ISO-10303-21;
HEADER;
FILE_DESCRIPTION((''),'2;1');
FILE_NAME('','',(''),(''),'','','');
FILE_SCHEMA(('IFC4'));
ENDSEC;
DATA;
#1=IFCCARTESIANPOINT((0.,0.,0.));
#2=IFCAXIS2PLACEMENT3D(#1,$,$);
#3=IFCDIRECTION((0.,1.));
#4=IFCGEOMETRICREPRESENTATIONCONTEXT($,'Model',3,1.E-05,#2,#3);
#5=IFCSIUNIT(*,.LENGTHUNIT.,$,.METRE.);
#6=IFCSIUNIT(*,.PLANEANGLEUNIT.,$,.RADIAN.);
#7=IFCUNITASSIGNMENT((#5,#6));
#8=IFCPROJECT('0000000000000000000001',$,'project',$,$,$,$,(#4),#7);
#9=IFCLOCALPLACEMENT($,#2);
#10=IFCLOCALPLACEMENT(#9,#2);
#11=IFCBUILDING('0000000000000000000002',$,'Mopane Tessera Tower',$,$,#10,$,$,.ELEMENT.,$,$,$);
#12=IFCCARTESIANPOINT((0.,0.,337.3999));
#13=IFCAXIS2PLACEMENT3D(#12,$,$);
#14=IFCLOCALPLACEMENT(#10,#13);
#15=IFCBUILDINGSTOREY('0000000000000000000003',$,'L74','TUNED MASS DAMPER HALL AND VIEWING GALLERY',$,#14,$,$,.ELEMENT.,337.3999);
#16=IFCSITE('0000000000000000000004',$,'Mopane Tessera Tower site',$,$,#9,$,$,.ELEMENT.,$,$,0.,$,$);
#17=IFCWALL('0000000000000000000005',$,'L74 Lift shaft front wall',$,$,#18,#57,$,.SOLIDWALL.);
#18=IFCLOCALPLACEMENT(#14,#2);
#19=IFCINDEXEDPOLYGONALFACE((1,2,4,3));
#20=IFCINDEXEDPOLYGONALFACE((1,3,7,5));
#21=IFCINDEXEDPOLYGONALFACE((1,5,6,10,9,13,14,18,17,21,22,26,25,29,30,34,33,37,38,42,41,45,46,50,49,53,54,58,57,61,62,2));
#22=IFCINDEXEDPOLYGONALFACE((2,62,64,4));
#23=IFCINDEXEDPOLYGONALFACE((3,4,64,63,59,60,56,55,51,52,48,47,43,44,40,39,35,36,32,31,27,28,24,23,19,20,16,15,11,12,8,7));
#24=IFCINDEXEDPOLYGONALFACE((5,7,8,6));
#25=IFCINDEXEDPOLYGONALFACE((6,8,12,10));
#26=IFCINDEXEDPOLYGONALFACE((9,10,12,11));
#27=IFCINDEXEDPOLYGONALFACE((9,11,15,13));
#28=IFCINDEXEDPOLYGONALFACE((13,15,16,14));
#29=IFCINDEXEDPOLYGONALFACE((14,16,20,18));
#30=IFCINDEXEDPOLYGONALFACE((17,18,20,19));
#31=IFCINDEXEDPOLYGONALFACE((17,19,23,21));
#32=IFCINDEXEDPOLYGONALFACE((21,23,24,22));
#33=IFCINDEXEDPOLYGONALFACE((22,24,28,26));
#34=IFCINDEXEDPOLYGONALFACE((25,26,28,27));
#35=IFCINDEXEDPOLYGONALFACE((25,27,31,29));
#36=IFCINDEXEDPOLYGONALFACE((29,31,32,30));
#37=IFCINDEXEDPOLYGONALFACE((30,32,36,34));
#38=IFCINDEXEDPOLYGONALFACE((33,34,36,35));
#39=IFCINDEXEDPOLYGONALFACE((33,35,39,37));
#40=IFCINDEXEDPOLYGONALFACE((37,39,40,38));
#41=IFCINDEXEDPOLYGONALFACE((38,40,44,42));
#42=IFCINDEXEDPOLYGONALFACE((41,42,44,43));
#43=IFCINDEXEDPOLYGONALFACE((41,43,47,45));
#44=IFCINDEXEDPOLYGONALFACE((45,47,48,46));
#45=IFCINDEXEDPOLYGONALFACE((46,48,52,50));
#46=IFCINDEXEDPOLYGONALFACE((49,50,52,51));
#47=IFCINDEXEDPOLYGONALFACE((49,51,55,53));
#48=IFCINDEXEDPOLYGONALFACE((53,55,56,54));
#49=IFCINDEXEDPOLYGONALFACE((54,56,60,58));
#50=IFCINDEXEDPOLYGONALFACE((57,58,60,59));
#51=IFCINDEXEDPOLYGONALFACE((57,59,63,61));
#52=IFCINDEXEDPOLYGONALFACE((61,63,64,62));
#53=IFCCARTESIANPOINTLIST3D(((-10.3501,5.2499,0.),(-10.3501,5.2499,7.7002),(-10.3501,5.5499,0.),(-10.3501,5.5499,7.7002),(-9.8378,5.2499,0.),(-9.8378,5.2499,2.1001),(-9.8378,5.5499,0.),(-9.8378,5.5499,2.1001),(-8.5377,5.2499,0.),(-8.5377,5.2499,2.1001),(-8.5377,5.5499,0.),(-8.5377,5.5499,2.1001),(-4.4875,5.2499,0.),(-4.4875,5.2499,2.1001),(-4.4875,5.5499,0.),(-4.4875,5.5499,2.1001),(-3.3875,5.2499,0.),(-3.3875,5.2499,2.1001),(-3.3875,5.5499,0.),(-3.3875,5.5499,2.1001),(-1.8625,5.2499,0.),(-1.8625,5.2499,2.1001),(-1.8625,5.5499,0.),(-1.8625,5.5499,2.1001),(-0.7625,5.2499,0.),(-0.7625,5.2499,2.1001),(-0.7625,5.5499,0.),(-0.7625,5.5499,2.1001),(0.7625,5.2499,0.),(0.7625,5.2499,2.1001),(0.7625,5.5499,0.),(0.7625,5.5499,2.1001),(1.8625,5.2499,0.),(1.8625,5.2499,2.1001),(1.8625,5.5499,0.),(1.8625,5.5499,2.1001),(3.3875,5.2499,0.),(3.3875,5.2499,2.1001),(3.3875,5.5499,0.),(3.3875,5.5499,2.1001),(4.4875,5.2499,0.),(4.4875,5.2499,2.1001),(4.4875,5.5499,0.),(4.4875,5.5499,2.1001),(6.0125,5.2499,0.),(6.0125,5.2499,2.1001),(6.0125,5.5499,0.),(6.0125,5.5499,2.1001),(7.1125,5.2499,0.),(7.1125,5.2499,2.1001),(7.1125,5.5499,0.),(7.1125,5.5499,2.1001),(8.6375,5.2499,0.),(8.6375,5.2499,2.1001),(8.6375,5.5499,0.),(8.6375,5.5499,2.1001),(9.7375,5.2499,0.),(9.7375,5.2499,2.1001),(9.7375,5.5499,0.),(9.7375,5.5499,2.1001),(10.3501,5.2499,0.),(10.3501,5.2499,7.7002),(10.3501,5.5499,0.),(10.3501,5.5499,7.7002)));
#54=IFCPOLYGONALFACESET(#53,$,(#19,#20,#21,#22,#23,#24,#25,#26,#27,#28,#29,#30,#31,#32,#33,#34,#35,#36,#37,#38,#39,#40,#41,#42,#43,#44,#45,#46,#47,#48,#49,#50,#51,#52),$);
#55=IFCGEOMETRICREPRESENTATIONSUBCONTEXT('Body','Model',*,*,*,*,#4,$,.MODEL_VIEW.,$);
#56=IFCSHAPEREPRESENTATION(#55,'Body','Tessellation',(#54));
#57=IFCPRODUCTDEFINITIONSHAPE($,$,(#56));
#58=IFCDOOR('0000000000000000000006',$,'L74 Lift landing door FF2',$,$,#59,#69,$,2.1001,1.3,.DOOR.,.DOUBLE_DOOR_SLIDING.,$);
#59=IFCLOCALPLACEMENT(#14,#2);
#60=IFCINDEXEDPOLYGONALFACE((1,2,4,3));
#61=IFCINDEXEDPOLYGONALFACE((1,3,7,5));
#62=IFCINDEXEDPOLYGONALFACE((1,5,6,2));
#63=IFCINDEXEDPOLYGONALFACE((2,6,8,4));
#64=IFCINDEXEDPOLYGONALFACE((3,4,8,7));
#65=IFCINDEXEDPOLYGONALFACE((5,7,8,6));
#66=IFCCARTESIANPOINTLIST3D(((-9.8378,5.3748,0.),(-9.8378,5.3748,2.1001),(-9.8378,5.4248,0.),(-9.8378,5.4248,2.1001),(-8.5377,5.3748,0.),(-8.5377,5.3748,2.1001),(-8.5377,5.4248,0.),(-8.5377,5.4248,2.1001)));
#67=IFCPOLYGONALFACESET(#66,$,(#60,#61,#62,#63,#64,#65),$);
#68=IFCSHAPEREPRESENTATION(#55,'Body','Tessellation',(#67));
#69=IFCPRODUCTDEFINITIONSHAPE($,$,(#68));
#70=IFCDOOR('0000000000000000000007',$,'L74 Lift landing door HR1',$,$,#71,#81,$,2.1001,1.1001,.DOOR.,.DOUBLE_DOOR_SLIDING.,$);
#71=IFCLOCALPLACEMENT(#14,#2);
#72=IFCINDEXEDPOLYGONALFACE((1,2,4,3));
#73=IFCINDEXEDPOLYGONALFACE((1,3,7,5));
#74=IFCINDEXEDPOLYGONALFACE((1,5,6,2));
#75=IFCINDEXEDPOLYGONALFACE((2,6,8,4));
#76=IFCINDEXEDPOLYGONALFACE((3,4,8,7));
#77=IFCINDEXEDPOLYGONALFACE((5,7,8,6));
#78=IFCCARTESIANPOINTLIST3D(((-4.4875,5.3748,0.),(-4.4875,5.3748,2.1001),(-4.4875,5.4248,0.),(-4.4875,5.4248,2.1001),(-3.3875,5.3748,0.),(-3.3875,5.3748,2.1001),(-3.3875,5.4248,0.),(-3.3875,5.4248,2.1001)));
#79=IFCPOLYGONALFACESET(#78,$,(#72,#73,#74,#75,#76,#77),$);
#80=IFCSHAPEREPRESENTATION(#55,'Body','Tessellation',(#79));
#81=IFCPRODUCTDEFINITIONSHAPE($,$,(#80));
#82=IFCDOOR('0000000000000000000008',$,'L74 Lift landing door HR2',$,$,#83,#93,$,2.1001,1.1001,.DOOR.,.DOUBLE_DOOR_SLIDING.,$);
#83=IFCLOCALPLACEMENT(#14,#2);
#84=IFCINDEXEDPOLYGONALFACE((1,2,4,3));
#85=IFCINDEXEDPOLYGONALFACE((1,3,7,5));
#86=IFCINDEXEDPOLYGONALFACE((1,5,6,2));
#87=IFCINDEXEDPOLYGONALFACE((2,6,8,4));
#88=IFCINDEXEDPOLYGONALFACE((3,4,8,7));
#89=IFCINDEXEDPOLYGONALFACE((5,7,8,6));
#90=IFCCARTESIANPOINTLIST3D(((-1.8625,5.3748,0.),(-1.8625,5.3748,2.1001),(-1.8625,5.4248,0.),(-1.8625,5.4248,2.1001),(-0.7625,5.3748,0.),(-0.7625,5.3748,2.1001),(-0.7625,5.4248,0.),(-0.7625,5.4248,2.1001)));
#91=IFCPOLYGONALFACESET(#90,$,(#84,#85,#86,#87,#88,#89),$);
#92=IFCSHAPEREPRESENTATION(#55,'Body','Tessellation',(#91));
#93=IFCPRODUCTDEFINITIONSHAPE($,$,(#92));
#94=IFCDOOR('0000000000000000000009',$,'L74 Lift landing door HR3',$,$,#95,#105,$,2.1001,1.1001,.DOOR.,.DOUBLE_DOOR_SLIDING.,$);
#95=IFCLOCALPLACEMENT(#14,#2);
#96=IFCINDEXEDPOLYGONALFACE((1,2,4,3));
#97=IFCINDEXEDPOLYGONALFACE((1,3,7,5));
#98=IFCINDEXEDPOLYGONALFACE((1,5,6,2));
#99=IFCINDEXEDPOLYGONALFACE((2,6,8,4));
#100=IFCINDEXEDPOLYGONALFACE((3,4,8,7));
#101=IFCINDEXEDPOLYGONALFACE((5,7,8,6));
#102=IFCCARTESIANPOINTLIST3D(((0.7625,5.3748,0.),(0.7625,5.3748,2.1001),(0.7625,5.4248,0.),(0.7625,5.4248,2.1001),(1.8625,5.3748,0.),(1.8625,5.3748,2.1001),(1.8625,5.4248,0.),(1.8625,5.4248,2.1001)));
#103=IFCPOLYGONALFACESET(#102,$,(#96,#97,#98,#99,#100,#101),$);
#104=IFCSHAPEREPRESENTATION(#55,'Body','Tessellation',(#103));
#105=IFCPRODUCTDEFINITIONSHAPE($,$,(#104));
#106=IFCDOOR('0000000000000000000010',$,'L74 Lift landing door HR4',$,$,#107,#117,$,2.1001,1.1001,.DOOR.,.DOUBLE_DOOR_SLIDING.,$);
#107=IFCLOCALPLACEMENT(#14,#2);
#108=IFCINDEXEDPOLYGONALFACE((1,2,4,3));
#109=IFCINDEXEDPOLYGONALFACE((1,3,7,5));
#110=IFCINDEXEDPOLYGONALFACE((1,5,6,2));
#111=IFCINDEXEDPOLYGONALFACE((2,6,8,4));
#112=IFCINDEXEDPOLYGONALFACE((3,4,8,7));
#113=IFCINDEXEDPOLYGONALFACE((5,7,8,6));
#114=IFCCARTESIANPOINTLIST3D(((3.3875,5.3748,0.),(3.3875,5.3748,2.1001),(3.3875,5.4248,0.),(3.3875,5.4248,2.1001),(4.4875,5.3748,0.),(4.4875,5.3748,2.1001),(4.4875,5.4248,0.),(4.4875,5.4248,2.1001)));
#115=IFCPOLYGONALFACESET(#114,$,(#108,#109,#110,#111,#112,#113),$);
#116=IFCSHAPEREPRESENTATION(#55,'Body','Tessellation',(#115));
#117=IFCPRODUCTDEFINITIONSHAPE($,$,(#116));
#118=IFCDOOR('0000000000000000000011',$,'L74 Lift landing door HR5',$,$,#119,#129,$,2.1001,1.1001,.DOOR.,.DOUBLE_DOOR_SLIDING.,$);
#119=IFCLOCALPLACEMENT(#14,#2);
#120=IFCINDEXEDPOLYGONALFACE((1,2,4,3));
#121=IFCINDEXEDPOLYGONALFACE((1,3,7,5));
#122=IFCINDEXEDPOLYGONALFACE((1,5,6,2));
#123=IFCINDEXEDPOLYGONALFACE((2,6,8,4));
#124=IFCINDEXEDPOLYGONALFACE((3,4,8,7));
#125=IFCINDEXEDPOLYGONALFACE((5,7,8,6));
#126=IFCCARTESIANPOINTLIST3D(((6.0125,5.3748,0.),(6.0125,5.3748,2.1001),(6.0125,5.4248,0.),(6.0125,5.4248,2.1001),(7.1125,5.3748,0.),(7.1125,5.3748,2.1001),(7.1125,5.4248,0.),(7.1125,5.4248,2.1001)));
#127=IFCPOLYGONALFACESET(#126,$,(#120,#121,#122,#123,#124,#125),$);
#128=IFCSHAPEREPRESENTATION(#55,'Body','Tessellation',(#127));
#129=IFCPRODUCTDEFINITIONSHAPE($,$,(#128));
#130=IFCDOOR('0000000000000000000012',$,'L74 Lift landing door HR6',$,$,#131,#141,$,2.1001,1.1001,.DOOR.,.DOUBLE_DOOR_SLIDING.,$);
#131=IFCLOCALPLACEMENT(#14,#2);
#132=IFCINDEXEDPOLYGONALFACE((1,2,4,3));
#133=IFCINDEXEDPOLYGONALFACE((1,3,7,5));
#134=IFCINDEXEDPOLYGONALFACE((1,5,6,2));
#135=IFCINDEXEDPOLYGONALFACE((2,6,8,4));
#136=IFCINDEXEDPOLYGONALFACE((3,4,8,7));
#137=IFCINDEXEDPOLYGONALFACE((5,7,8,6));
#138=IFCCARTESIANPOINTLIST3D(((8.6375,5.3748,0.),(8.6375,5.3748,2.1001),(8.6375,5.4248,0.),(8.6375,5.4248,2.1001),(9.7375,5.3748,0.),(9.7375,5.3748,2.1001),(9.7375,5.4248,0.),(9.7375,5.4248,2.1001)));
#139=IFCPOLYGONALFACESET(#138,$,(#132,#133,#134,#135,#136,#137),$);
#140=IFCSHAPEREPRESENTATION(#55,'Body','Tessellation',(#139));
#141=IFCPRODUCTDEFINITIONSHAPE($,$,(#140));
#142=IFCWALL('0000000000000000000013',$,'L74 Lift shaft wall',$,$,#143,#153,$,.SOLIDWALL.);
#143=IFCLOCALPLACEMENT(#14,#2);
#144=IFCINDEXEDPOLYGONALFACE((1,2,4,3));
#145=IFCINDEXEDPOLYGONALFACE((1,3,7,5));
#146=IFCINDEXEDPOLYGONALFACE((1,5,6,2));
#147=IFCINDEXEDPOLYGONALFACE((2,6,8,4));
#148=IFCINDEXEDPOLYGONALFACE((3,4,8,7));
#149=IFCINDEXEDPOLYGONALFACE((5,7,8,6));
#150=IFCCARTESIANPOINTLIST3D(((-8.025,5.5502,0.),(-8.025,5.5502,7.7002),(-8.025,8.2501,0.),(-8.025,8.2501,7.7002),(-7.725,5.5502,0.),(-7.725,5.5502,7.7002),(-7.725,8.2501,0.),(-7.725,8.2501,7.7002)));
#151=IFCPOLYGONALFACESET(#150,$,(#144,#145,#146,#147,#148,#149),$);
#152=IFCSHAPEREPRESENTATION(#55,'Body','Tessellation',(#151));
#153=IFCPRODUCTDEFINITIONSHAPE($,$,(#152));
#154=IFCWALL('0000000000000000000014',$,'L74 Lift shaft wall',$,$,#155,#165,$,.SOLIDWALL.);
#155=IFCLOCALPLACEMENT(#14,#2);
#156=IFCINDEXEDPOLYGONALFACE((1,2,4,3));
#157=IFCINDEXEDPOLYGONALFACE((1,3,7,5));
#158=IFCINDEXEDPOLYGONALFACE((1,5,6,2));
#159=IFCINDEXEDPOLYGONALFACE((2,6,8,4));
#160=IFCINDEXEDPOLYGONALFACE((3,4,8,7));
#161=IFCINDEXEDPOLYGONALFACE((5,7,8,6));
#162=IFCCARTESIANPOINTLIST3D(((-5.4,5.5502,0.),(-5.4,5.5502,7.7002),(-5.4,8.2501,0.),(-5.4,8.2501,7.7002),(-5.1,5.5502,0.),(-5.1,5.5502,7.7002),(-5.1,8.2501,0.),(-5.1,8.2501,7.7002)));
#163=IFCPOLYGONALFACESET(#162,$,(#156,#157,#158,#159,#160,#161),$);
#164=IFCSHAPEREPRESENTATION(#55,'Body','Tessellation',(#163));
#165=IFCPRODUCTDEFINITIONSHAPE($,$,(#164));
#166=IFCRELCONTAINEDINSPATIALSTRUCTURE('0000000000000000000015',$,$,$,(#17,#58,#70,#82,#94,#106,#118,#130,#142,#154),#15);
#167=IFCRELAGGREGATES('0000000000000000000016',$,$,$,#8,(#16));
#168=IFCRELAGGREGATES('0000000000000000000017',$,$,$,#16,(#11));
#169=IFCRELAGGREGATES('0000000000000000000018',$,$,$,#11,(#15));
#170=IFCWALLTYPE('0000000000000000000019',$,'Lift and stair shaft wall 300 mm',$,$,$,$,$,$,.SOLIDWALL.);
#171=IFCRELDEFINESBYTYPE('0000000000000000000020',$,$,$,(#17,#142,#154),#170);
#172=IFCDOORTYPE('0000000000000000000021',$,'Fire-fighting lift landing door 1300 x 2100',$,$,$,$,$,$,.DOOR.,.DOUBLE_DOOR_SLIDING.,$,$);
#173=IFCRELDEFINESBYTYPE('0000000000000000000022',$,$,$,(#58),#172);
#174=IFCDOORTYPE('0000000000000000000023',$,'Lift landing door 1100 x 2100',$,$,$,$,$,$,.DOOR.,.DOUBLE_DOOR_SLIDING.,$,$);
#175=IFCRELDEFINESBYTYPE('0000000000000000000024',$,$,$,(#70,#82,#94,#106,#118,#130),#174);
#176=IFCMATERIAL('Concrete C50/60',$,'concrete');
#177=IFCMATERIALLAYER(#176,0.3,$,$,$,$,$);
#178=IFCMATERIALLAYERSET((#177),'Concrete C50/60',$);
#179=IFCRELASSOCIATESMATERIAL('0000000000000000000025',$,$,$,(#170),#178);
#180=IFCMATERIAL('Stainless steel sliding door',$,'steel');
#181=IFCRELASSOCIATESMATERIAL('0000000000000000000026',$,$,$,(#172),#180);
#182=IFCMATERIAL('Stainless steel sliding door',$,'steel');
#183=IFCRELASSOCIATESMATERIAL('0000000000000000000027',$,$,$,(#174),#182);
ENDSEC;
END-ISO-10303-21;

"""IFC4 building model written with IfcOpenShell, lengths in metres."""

from ifc_helpers import new_model, si_unit, direction, frame, frame_2d, origin, place, context, subcontext, project, spatial, rectangle, extrude, material, layer, layer_set, type_object, element, fill, save


model = new_model("IFC4")

# Units and contexts
model_context = context("Model", 3, precision=1e-05, world=origin(), true_north=direction((0.0, 1.0)))
body_context = subcontext(model_context, "Body", "Model", "MODEL_VIEW")
ifc_project = project(units=[si_unit("LENGTHUNIT", "METRE"), si_unit("PLANEANGLEUNIT", "RADIAN")], contexts=[model_context])

# Site, building, storey
site_placement = place(None, origin())
site = spatial("IfcSite", under=ifc_project, at=site_placement, Name="Mopane Tessera Tower site", CompositionType="ELEMENT", RefElevation=0.0)
building_placement = place(site_placement, origin())
building = spatial("IfcBuilding", under=site, at=building_placement, Name="Mopane Tessera Tower", CompositionType="ELEMENT")
storey_placement = place(building_placement, frame((0.0, 0.0, 337.3999)))
storey = spatial("IfcBuildingStorey", under=building, at=storey_placement, Name="L74", Description="TUNED MASS DAMPER HALL AND VIEWING GALLERY", CompositionType="ELEMENT", Elevation=337.3999)

# Wall, openings, doors
ifc_material_1 = material(Name="Concrete C50/60", Category="concrete")
ifc_layer_1 = layer(ifc_material_1, 0.3)
ifc_layer_set_1 = layer_set([ifc_layer_1], Name="Concrete C50/60")
wall_type_1 = type_object("IfcWallType", Name="Lift and stair shaft wall 300 mm", PredefinedType="SOLIDWALL", material=ifc_layer_set_1)
ifc_material_2 = material(Name="Stainless steel sliding door", Category="steel")
door_type_1 = type_object("IfcDoorType", Name="Fire-fighting lift landing door 1300 x 2100", OperationType="DOUBLE_DOOR_SLIDING", PredefinedType="DOOR", material=ifc_material_2)
wall_1_placement = place(storey_placement, frame((-10.3501, 5.3999, 0.0), z_axis=(0.0, 0.0, 1.0), x_axis=(1.0, 0.0, 0.0)))
wall_1 = element("IfcWall", 1, at=wall_1_placement, inside=storey, type_object=wall_type_1, Name="L74 Lift shaft front wall", PredefinedType="SOLIDWALL", context=body_context, shape_type="SweptSolid", body=[
    extrude(rectangle(XDim=20.7002, YDim=0.3, at=frame_2d((10.3501, 0.0))), origin(), (0.0, 0.0, 1.0), 7.7002),
])
opening_1_placement = place(wall_1_placement, frame((0.5125, 0.0, 0.0)))
opening_1 = element("IfcOpeningElement", 2, at=opening_1_placement, cuts=wall_1, PredefinedType="OPENING", context=body_context, shape_type="SweptSolid", body=[
    extrude(rectangle(XDim=1.3, YDim=2.1001, at=frame_2d((0.6499, 1.05))), frame((0.0, 0.1621, 0.0), z_axis=(0.0, -1.0, 0.0), x_axis=(1.0, 0.0, 0.0)), (0.0, 0.0, 1.0), 0.324),
])
opening_2_placement = place(wall_1_placement, frame((5.8625, 0.0, 0.0)))
opening_2 = element("IfcOpeningElement", 3, at=opening_2_placement, cuts=wall_1, PredefinedType="OPENING", context=body_context, shape_type="SweptSolid", body=[
    extrude(rectangle(XDim=1.1001, YDim=2.1001, at=frame_2d((0.55, 1.05))), frame((0.0, 0.1621, 0.0), z_axis=(0.0, -1.0, 0.0), x_axis=(1.0, 0.0, 0.0)), (0.0, 0.0, 1.0), 0.324),
])
opening_3_placement = place(wall_1_placement, frame((8.4875, 0.0, 0.0)))
opening_3 = element("IfcOpeningElement", 4, at=opening_3_placement, cuts=wall_1, PredefinedType="OPENING", context=body_context, shape_type="SweptSolid", body=[
    extrude(rectangle(XDim=1.1001, YDim=2.1001, at=frame_2d((0.55, 1.05))), frame((0.0, 0.1621, 0.0), z_axis=(0.0, -1.0, 0.0), x_axis=(1.0, 0.0, 0.0)), (0.0, 0.0, 1.0), 0.324),
])
opening_4_placement = place(wall_1_placement, frame((11.1125, 0.0, 0.0)))
opening_4 = element("IfcOpeningElement", 5, at=opening_4_placement, cuts=wall_1, PredefinedType="OPENING", context=body_context, shape_type="SweptSolid", body=[
    extrude(rectangle(XDim=1.1001, YDim=2.1001, at=frame_2d((0.55, 1.05))), frame((0.0, 0.1621, 0.0), z_axis=(0.0, -1.0, 0.0), x_axis=(1.0, 0.0, 0.0)), (0.0, 0.0, 1.0), 0.324),
])
opening_5_placement = place(wall_1_placement, frame((13.7375, 0.0, 0.0)))
opening_5 = element("IfcOpeningElement", 6, at=opening_5_placement, cuts=wall_1, PredefinedType="OPENING", context=body_context, shape_type="SweptSolid", body=[
    extrude(rectangle(XDim=1.1001, YDim=2.1001, at=frame_2d((0.55, 1.05))), frame((0.0, 0.1621, 0.0), z_axis=(0.0, -1.0, 0.0), x_axis=(1.0, 0.0, 0.0)), (0.0, 0.0, 1.0), 0.324),
])
opening_6_placement = place(wall_1_placement, frame((16.3625, 0.0, 0.0)))
opening_6 = element("IfcOpeningElement", 7, at=opening_6_placement, cuts=wall_1, PredefinedType="OPENING", context=body_context, shape_type="SweptSolid", body=[
    extrude(rectangle(XDim=1.1001, YDim=2.1001, at=frame_2d((0.55, 1.05))), frame((0.0, 0.1621, 0.0), z_axis=(0.0, -1.0, 0.0), x_axis=(1.0, 0.0, 0.0)), (0.0, 0.0, 1.0), 0.324),
])
opening_7_placement = place(wall_1_placement, frame((18.9875, 0.0, 0.0)))
opening_7 = element("IfcOpeningElement", 8, at=opening_7_placement, cuts=wall_1, PredefinedType="OPENING", context=body_context, shape_type="SweptSolid", body=[
    extrude(rectangle(XDim=1.1001, YDim=2.1001, at=frame_2d((0.55, 1.05))), frame((0.0, 0.1621, 0.0), z_axis=(0.0, -1.0, 0.0), x_axis=(1.0, 0.0, 0.0)), (0.0, 0.0, 1.0), 0.324),
])
door_1_placement = place(opening_1_placement, origin())
door_1 = element("IfcDoor", 9, at=door_1_placement, inside=storey, type_object=door_type_1, Name="L74 Lift landing door FF2", OperationType="DOUBLE_DOOR_SLIDING", OverallHeight=2.1001, OverallWidth=1.3, PredefinedType="DOOR", context=body_context, shape_type="SweptSolid", body=[
    extrude(rectangle(XDim=1.3, YDim=2.1001, at=frame_2d((0.6499, 1.05))), frame((0.0, 0.0249, 0.0), z_axis=(0.0, -1.0, 0.0), x_axis=(1.0, 0.0, 0.0)), (0.0, 0.0, 1.0), 0.05),
])
fill(opening_1, door_1)
ifc_material_3 = material(Name="Stainless steel sliding door", Category="steel")
door_type_2 = type_object("IfcDoorType", Name="Lift landing door 1100 x 2100", OperationType="DOUBLE_DOOR_SLIDING", PredefinedType="DOOR", material=ifc_material_3)
door_2_placement = place(opening_2_placement, origin())
door_2 = element("IfcDoor", 10, at=door_2_placement, inside=storey, type_object=door_type_2, Name="L74 Lift landing door HR1", OperationType="DOUBLE_DOOR_SLIDING", OverallHeight=2.1001, OverallWidth=1.1001, PredefinedType="DOOR", context=body_context, shape_type="SweptSolid", body=[
    extrude(rectangle(XDim=1.1001, YDim=2.1001, at=frame_2d((0.55, 1.05))), frame((0.0, 0.0249, 0.0), z_axis=(0.0, -1.0, 0.0), x_axis=(1.0, 0.0, 0.0)), (0.0, 0.0, 1.0), 0.05),
])
fill(opening_2, door_2)
door_3_placement = place(opening_3_placement, origin())
door_3 = element("IfcDoor", 11, at=door_3_placement, inside=storey, type_object=door_type_2, Name="L74 Lift landing door HR2", OperationType="DOUBLE_DOOR_SLIDING", OverallHeight=2.1001, OverallWidth=1.1001, PredefinedType="DOOR", context=body_context, shape_type="SweptSolid", body=[
    extrude(rectangle(XDim=1.1001, YDim=2.1001, at=frame_2d((0.55, 1.05))), frame((0.0, 0.0249, 0.0), z_axis=(0.0, -1.0, 0.0), x_axis=(1.0, 0.0, 0.0)), (0.0, 0.0, 1.0), 0.05),
])
fill(opening_3, door_3)
door_4_placement = place(opening_4_placement, origin())
door_4 = element("IfcDoor", 12, at=door_4_placement, inside=storey, type_object=door_type_2, Name="L74 Lift landing door HR3", OperationType="DOUBLE_DOOR_SLIDING", OverallHeight=2.1001, OverallWidth=1.1001, PredefinedType="DOOR", context=body_context, shape_type="SweptSolid", body=[
    extrude(rectangle(XDim=1.1001, YDim=2.1001, at=frame_2d((0.55, 1.05))), frame((0.0, 0.0249, 0.0), z_axis=(0.0, -1.0, 0.0), x_axis=(1.0, 0.0, 0.0)), (0.0, 0.0, 1.0), 0.05),
])
fill(opening_4, door_4)
door_5_placement = place(opening_5_placement, origin())
door_5 = element("IfcDoor", 13, at=door_5_placement, inside=storey, type_object=door_type_2, Name="L74 Lift landing door HR4", OperationType="DOUBLE_DOOR_SLIDING", OverallHeight=2.1001, OverallWidth=1.1001, PredefinedType="DOOR", context=body_context, shape_type="SweptSolid", body=[
    extrude(rectangle(XDim=1.1001, YDim=2.1001, at=frame_2d((0.55, 1.05))), frame((0.0, 0.0249, 0.0), z_axis=(0.0, -1.0, 0.0), x_axis=(1.0, 0.0, 0.0)), (0.0, 0.0, 1.0), 0.05),
])
fill(opening_5, door_5)
door_6_placement = place(opening_6_placement, origin())
door_6 = element("IfcDoor", 14, at=door_6_placement, inside=storey, type_object=door_type_2, Name="L74 Lift landing door HR5", OperationType="DOUBLE_DOOR_SLIDING", OverallHeight=2.1001, OverallWidth=1.1001, PredefinedType="DOOR", context=body_context, shape_type="SweptSolid", body=[
    extrude(rectangle(XDim=1.1001, YDim=2.1001, at=frame_2d((0.55, 1.05))), frame((0.0, 0.0249, 0.0), z_axis=(0.0, -1.0, 0.0), x_axis=(1.0, 0.0, 0.0)), (0.0, 0.0, 1.0), 0.05),
])
fill(opening_6, door_6)
door_7_placement = place(opening_7_placement, origin())
door_7 = element("IfcDoor", 15, at=door_7_placement, inside=storey, type_object=door_type_2, Name="L74 Lift landing door HR6", OperationType="DOUBLE_DOOR_SLIDING", OverallHeight=2.1001, OverallWidth=1.1001, PredefinedType="DOOR", context=body_context, shape_type="SweptSolid", body=[
    extrude(rectangle(XDim=1.1001, YDim=2.1001, at=frame_2d((0.55, 1.05))), frame((0.0, 0.0249, 0.0), z_axis=(0.0, -1.0, 0.0), x_axis=(1.0, 0.0, 0.0)), (0.0, 0.0, 1.0), 0.05),
])
fill(opening_7, door_7)

# Walls
for number, where, z_axis, x_axis, name in (
    (16, (-7.875, 5.55, 0.0), (0.0, 0.0, 1.0), (0.0, 1.0, 0.0), "L74 Lift shaft wall"),
    (17, (-5.25, 5.55, 0.0), (0.0, 0.0, 1.0), (0.0, 1.0, 0.0), "L74 Lift shaft wall"),
):
    element("IfcWall", number, at=place(storey_placement, frame(where, z_axis=z_axis, x_axis=x_axis)), inside=storey, type_object=wall_type_1, Name=name, PredefinedType="SOLIDWALL", context=body_context, shape_type="SweptSolid", body=[
        extrude(rectangle(XDim=2.7, YDim=0.3, at=frame_2d((1.3501, 0.0))), origin(), (0.0, 0.0, 1.0), 7.7002),
    ])

save(model, "model.ifc")
